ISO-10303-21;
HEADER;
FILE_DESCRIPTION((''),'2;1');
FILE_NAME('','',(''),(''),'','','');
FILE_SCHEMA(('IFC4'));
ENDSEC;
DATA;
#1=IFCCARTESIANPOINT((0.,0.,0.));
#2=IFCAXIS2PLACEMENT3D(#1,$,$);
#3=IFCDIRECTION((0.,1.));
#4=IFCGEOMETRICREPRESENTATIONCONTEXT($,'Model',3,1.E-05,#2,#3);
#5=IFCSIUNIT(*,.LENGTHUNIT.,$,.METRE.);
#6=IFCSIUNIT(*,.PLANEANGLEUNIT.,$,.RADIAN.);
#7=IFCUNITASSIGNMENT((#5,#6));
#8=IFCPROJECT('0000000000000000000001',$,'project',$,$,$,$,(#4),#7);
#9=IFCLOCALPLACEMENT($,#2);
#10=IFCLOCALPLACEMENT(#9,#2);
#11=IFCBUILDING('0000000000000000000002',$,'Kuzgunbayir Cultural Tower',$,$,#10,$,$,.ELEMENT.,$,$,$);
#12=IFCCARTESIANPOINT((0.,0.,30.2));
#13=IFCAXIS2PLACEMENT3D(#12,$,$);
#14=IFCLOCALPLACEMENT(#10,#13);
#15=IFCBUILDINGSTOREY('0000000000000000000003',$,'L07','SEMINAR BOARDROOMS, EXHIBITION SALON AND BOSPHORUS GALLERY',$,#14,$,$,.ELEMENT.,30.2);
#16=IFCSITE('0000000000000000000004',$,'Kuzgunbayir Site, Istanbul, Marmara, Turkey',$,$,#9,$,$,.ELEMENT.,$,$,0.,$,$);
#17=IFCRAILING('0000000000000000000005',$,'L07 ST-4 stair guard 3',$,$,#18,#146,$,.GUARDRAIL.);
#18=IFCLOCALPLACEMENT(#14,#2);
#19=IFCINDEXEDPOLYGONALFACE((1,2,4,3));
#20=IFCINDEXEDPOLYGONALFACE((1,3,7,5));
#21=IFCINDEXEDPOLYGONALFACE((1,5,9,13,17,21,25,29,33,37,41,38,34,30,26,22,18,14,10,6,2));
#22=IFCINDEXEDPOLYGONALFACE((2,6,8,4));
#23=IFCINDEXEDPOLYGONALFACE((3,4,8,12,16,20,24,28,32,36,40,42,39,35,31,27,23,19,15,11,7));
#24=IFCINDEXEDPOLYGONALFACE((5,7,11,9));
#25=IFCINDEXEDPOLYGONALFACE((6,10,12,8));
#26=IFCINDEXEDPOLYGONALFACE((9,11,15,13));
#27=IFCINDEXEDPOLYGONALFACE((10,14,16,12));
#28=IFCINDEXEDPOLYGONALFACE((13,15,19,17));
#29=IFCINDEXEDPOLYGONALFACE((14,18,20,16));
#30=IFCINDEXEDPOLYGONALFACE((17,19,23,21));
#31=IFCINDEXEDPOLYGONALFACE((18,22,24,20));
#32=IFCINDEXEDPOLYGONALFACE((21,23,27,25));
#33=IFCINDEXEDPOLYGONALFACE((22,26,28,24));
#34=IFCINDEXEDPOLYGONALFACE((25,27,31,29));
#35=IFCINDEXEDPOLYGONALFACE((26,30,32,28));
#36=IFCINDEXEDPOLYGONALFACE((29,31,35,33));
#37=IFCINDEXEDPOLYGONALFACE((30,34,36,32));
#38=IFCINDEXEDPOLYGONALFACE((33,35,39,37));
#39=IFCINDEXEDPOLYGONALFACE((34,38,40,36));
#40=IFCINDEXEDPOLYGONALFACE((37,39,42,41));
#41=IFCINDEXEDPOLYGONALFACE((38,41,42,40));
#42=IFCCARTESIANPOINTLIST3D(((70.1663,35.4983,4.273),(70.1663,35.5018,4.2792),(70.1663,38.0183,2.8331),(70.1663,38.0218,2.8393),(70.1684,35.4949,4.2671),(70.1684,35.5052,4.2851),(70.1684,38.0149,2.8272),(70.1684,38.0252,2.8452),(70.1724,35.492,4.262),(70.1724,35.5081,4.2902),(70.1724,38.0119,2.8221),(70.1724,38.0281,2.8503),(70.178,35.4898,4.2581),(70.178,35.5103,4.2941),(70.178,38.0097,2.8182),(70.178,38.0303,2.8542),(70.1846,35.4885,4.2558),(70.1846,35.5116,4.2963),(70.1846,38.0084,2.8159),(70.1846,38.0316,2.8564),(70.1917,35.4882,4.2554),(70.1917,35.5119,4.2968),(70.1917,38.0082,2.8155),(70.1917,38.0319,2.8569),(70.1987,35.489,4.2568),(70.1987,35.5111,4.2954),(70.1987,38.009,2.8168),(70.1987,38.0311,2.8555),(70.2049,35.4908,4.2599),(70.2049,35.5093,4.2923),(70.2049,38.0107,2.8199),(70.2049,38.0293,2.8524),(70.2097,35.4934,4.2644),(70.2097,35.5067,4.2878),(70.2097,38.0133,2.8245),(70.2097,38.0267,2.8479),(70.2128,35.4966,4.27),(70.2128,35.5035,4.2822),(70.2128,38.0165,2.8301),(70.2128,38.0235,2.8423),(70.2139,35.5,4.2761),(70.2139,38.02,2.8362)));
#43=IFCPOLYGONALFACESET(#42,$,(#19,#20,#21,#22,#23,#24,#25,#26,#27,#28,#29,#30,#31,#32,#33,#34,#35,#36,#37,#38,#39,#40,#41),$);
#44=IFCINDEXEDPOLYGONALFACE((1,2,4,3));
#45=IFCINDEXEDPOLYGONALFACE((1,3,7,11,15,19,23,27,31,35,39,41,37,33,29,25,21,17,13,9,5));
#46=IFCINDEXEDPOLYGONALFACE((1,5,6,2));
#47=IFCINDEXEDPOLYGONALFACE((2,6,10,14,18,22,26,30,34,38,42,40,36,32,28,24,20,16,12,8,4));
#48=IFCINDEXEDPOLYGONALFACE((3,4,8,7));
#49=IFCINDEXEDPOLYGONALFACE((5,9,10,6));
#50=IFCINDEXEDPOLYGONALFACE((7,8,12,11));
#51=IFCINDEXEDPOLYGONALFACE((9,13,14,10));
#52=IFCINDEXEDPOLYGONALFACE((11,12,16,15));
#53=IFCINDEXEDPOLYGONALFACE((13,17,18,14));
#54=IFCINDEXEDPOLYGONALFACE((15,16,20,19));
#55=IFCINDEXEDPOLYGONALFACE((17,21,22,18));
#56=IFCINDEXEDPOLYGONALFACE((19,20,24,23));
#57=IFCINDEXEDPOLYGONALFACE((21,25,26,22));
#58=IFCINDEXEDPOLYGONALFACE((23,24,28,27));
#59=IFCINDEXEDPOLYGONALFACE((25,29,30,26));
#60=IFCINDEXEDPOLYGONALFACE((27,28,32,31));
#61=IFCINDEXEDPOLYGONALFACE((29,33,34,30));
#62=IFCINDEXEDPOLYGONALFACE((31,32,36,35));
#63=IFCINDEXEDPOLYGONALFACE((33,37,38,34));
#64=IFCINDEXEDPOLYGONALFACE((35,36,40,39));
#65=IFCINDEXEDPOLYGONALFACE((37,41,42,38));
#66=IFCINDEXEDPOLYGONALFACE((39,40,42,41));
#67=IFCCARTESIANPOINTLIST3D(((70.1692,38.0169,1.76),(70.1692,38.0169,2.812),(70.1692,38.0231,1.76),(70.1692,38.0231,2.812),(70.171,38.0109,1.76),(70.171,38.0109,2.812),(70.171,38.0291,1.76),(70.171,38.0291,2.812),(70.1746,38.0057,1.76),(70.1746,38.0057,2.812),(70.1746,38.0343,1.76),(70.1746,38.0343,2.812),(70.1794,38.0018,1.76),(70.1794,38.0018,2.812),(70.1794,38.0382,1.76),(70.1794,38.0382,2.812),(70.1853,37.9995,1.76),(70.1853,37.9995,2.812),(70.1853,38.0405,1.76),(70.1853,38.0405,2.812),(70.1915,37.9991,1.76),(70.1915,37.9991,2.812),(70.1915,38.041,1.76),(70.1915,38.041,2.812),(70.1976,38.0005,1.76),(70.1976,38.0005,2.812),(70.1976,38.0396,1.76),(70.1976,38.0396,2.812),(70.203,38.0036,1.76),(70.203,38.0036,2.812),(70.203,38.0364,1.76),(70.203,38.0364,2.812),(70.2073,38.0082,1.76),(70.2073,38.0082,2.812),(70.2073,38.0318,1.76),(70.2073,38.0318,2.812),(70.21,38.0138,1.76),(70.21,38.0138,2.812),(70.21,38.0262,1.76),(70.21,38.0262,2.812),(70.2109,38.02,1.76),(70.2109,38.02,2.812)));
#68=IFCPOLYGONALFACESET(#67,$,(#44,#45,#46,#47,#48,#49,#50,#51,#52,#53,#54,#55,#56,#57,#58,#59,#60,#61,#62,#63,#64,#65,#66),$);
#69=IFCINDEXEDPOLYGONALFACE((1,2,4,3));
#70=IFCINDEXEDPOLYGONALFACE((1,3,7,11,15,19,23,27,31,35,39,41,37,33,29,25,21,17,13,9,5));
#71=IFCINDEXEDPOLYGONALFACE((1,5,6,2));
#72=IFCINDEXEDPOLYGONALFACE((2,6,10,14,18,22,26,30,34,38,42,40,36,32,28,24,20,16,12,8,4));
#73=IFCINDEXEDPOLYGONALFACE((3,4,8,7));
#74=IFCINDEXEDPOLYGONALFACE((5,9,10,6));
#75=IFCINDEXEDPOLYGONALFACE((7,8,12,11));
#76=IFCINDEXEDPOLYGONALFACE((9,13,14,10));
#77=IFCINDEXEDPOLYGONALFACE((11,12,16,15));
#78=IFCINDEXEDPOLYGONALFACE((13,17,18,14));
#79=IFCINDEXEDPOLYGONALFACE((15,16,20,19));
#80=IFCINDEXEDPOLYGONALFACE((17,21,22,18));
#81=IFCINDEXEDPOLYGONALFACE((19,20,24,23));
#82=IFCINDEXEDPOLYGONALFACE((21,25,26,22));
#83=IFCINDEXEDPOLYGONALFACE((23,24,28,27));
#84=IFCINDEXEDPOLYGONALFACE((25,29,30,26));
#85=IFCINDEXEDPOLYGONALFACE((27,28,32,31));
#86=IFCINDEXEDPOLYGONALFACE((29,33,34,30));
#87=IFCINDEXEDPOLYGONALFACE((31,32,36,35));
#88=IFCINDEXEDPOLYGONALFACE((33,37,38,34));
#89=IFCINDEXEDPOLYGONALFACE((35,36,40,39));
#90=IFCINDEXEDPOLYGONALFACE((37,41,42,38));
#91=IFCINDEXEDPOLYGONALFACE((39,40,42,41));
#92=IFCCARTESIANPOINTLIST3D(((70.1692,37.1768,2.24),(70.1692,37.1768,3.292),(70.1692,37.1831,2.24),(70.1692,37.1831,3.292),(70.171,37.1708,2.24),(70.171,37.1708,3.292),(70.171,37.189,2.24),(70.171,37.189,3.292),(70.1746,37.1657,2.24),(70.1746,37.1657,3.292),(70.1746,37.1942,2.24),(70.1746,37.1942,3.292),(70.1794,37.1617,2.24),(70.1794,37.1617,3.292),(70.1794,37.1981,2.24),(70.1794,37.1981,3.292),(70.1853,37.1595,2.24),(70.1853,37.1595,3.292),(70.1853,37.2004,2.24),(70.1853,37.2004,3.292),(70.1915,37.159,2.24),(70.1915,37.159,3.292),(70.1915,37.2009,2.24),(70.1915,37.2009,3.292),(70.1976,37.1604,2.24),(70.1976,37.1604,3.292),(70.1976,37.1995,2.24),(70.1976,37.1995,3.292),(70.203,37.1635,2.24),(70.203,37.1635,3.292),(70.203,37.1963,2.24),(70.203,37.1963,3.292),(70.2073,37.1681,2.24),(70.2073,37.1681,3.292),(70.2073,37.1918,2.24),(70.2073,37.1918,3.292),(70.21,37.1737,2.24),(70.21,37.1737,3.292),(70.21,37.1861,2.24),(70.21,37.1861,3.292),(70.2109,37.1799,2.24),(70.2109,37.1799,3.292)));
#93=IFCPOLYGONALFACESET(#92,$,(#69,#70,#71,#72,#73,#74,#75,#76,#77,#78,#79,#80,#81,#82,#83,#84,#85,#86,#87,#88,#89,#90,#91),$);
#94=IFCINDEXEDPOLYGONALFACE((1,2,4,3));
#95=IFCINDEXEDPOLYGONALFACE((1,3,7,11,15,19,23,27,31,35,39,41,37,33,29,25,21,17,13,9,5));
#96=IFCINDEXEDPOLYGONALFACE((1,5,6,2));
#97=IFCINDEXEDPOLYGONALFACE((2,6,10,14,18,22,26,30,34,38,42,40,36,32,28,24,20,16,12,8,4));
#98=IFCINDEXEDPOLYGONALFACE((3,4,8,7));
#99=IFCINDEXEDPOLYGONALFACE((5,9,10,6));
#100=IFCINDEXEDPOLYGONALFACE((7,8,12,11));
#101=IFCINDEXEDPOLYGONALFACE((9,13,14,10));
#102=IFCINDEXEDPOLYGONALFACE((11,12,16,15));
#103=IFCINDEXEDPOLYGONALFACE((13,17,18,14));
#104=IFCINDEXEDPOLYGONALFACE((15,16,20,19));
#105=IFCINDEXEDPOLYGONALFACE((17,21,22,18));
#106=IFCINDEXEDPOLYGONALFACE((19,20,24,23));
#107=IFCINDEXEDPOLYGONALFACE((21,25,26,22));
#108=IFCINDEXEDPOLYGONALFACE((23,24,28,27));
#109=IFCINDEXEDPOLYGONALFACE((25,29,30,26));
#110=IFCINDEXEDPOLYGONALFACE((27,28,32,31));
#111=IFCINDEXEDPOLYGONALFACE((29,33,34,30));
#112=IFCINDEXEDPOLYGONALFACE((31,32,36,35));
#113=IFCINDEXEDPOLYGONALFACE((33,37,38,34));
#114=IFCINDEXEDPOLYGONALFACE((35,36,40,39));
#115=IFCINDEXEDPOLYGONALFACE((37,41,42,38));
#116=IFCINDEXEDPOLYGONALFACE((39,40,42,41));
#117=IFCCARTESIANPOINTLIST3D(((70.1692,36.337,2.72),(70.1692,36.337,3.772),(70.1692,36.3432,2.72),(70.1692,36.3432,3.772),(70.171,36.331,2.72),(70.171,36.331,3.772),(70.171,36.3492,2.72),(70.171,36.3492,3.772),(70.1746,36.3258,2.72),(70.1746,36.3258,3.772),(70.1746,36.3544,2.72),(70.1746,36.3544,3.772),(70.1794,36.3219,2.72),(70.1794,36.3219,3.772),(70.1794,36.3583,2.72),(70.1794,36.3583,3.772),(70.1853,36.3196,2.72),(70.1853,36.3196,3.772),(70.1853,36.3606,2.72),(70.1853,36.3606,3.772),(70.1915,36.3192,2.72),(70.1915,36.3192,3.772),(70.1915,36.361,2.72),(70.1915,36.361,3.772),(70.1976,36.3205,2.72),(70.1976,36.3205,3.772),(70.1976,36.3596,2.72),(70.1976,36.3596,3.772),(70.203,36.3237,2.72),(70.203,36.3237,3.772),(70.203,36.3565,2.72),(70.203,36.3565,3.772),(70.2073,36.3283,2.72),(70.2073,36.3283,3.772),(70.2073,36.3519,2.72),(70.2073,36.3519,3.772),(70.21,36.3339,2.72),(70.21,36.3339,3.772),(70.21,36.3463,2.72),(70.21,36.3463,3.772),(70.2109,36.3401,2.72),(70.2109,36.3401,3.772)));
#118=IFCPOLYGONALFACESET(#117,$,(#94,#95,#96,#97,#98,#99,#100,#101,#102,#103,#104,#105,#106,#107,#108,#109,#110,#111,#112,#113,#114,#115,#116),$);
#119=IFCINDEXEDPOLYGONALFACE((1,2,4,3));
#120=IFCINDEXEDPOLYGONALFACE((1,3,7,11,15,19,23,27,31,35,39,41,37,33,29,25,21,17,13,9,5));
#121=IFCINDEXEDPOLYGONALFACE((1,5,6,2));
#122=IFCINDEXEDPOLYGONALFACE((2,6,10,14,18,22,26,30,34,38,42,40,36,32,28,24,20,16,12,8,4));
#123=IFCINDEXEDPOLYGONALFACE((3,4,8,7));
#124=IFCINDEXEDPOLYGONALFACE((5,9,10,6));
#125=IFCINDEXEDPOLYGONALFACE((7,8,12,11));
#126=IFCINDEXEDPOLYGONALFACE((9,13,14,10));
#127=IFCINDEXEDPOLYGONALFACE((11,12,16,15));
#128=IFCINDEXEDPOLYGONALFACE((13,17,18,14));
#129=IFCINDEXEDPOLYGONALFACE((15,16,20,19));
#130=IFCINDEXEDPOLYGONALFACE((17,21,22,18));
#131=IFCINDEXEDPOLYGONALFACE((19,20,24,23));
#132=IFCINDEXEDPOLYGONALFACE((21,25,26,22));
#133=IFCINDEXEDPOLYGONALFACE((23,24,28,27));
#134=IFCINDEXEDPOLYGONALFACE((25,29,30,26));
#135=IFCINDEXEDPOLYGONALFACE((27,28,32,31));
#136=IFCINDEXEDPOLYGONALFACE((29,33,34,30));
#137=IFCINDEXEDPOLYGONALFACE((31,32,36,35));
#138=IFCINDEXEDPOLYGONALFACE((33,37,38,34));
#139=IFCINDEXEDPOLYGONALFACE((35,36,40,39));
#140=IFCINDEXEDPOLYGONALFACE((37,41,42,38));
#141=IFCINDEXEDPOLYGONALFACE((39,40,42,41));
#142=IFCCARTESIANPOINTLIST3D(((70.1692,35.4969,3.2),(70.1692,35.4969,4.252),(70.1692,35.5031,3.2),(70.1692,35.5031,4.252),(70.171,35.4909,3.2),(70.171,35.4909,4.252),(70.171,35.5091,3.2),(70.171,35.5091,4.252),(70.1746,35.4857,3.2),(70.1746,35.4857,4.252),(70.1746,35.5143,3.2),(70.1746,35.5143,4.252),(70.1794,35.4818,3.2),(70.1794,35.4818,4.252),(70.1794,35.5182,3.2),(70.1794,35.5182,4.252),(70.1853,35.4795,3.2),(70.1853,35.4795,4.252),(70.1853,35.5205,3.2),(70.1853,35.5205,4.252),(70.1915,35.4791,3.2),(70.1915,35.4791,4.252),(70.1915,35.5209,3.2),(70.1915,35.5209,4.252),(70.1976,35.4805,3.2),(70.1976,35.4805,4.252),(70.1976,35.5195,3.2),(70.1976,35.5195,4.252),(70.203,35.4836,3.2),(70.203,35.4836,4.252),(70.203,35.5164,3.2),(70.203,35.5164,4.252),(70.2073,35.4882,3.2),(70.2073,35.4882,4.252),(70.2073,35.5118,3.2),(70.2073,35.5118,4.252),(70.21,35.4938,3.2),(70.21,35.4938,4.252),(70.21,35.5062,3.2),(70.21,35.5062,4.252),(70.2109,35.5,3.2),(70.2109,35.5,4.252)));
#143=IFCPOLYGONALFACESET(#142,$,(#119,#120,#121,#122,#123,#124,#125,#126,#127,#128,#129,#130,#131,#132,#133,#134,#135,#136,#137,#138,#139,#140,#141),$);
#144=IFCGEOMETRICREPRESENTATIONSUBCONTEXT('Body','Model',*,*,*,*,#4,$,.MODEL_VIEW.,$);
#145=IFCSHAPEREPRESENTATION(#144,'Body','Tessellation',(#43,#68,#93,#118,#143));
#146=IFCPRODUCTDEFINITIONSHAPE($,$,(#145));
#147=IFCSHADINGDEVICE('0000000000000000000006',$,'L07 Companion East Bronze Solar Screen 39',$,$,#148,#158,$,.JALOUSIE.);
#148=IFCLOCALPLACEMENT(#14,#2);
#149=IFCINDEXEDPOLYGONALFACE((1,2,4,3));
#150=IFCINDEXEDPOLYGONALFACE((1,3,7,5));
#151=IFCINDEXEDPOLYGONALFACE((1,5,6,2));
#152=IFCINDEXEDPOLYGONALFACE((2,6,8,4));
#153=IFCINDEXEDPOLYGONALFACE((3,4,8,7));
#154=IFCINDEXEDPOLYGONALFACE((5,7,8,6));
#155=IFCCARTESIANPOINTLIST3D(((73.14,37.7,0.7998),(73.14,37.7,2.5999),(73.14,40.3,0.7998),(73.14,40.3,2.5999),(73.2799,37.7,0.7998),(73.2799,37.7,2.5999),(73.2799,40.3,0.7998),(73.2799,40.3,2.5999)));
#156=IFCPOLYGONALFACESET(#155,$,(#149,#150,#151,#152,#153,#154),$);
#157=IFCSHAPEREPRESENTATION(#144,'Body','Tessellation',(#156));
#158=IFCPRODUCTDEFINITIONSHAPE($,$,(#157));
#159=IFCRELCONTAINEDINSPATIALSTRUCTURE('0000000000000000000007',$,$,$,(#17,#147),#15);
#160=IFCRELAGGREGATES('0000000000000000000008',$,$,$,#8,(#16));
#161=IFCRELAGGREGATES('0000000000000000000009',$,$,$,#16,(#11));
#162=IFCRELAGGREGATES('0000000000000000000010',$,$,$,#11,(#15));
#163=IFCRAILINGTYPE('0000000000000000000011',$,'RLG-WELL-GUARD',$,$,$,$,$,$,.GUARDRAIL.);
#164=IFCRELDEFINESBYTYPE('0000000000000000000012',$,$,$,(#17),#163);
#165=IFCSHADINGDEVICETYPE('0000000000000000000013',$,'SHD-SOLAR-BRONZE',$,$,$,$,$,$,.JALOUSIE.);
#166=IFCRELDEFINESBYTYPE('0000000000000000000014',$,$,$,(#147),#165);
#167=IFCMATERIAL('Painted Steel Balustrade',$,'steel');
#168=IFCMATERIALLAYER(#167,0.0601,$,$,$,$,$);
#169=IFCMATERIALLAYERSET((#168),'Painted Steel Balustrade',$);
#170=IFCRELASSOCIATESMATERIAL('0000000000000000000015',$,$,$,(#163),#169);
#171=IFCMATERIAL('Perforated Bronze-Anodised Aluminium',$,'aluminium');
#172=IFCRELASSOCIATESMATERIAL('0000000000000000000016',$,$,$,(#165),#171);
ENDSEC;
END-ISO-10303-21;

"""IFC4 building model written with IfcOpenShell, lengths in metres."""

from ifc_helpers import new_model, si_unit, direction, frame, origin, origin_2d, place, context, subcontext, project, spatial, rectangle, circle, extrude, material, layer, layer_set, type_object, element, save


model = new_model("IFC4")

# Units and contexts
model_context = context("Model", 3, precision=1e-05, world=origin(), true_north=direction((0.0, 1.0)))
body_context = subcontext(model_context, "Body", "Model", "MODEL_VIEW")
ifc_project = project(units=[si_unit("LENGTHUNIT", "METRE"), si_unit("PLANEANGLEUNIT", "RADIAN")], contexts=[model_context])

# Site, building, storey
site_placement = place(None, origin())
site = spatial("IfcSite", under=ifc_project, at=site_placement, Name="Kuzgunbayir Site, Istanbul, Marmara, Turkey", CompositionType="ELEMENT", RefElevation=0.0)
building_placement = place(site_placement, origin())
building = spatial("IfcBuilding", under=site, at=building_placement, Name="Kuzgunbayir Cultural Tower", CompositionType="ELEMENT")
storey_placement = place(building_placement, frame((0.0, 0.0, 30.2)))
storey = spatial("IfcBuildingStorey", under=building, at=storey_placement, Name="L07", Description="SEMINAR BOARDROOMS, EXHIBITION SALON AND BOSPHORUS GALLERY", CompositionType="ELEMENT", Elevation=30.2)

# Railing
ifc_material_1 = material(Name="Painted Steel Balustrade", Category="steel")
ifc_layer_1 = layer(ifc_material_1, 0.0601)
ifc_layer_set_1 = layer_set([ifc_layer_1], Name="Painted Steel Balustrade")
railing_type_1 = type_object("IfcRailingType", Name="RLG-WELL-GUARD", PredefinedType="GUARDRAIL", material=ifc_layer_set_1)
railing_1_placement = place(storey_placement, frame((70.1899, 38.02, 1.76)))
element("IfcRailing", 1, at=railing_1_placement, inside=storey, type_object=railing_type_1, Name="L07 ST-4 stair guard 3", PredefinedType="GUARDRAIL", context=body_context, shape_type="SweptSolid", body=[
    extrude(circle(Radius=0.0239, at=origin_2d()), frame((0.0, 0.0, 1.0762), z_axis=(0.0, -0.868253, 0.496121), x_axis=(1.0, 0.0, 0.0)), (0.0, 0.0, 1.0), 2.9023),
    extrude(circle(Radius=0.021, at=origin_2d()), origin(), (0.0, 0.0, 1.0), 1.052),
    extrude(circle(Radius=0.021, at=origin_2d()), frame((0.0, -0.8401, 0.48)), (0.0, 0.0, 1.0), 1.052),
    extrude(circle(Radius=0.021, at=origin_2d()), frame((0.0, -1.6799, 0.96)), (0.0, 0.0, 1.0), 1.052),
    extrude(circle(Radius=0.021, at=origin_2d()), frame((0.0, -2.52, 1.4399)), (0.0, 0.0, 1.0), 1.052),
])

# Shading device
ifc_material_2 = material(Name="Perforated Bronze-Anodised Aluminium", Category="aluminium")
shading_device_type = type_object("IfcShadingDeviceType", Name="SHD-SOLAR-BRONZE", PredefinedType="JALOUSIE", material=ifc_material_2)
shading_device_placement = place(storey_placement, frame((73.21, 39.0, 0.7998), z_axis=(0.0, 0.0, 1.0), x_axis=(1.0, 0.0, 0.0)))
element("IfcShadingDevice", 2, at=shading_device_placement, inside=storey, type_object=shading_device_type, Name="L07 Companion East Bronze Solar Screen 39", PredefinedType="JALOUSIE", context=body_context, shape_type="SweptSolid", body=[
    extrude(rectangle(XDim=0.1399, YDim=2.6001, at=origin_2d()), origin(), (0.0, 0.0, 1.0), 1.8),
])

save(model, "model.ifc")
